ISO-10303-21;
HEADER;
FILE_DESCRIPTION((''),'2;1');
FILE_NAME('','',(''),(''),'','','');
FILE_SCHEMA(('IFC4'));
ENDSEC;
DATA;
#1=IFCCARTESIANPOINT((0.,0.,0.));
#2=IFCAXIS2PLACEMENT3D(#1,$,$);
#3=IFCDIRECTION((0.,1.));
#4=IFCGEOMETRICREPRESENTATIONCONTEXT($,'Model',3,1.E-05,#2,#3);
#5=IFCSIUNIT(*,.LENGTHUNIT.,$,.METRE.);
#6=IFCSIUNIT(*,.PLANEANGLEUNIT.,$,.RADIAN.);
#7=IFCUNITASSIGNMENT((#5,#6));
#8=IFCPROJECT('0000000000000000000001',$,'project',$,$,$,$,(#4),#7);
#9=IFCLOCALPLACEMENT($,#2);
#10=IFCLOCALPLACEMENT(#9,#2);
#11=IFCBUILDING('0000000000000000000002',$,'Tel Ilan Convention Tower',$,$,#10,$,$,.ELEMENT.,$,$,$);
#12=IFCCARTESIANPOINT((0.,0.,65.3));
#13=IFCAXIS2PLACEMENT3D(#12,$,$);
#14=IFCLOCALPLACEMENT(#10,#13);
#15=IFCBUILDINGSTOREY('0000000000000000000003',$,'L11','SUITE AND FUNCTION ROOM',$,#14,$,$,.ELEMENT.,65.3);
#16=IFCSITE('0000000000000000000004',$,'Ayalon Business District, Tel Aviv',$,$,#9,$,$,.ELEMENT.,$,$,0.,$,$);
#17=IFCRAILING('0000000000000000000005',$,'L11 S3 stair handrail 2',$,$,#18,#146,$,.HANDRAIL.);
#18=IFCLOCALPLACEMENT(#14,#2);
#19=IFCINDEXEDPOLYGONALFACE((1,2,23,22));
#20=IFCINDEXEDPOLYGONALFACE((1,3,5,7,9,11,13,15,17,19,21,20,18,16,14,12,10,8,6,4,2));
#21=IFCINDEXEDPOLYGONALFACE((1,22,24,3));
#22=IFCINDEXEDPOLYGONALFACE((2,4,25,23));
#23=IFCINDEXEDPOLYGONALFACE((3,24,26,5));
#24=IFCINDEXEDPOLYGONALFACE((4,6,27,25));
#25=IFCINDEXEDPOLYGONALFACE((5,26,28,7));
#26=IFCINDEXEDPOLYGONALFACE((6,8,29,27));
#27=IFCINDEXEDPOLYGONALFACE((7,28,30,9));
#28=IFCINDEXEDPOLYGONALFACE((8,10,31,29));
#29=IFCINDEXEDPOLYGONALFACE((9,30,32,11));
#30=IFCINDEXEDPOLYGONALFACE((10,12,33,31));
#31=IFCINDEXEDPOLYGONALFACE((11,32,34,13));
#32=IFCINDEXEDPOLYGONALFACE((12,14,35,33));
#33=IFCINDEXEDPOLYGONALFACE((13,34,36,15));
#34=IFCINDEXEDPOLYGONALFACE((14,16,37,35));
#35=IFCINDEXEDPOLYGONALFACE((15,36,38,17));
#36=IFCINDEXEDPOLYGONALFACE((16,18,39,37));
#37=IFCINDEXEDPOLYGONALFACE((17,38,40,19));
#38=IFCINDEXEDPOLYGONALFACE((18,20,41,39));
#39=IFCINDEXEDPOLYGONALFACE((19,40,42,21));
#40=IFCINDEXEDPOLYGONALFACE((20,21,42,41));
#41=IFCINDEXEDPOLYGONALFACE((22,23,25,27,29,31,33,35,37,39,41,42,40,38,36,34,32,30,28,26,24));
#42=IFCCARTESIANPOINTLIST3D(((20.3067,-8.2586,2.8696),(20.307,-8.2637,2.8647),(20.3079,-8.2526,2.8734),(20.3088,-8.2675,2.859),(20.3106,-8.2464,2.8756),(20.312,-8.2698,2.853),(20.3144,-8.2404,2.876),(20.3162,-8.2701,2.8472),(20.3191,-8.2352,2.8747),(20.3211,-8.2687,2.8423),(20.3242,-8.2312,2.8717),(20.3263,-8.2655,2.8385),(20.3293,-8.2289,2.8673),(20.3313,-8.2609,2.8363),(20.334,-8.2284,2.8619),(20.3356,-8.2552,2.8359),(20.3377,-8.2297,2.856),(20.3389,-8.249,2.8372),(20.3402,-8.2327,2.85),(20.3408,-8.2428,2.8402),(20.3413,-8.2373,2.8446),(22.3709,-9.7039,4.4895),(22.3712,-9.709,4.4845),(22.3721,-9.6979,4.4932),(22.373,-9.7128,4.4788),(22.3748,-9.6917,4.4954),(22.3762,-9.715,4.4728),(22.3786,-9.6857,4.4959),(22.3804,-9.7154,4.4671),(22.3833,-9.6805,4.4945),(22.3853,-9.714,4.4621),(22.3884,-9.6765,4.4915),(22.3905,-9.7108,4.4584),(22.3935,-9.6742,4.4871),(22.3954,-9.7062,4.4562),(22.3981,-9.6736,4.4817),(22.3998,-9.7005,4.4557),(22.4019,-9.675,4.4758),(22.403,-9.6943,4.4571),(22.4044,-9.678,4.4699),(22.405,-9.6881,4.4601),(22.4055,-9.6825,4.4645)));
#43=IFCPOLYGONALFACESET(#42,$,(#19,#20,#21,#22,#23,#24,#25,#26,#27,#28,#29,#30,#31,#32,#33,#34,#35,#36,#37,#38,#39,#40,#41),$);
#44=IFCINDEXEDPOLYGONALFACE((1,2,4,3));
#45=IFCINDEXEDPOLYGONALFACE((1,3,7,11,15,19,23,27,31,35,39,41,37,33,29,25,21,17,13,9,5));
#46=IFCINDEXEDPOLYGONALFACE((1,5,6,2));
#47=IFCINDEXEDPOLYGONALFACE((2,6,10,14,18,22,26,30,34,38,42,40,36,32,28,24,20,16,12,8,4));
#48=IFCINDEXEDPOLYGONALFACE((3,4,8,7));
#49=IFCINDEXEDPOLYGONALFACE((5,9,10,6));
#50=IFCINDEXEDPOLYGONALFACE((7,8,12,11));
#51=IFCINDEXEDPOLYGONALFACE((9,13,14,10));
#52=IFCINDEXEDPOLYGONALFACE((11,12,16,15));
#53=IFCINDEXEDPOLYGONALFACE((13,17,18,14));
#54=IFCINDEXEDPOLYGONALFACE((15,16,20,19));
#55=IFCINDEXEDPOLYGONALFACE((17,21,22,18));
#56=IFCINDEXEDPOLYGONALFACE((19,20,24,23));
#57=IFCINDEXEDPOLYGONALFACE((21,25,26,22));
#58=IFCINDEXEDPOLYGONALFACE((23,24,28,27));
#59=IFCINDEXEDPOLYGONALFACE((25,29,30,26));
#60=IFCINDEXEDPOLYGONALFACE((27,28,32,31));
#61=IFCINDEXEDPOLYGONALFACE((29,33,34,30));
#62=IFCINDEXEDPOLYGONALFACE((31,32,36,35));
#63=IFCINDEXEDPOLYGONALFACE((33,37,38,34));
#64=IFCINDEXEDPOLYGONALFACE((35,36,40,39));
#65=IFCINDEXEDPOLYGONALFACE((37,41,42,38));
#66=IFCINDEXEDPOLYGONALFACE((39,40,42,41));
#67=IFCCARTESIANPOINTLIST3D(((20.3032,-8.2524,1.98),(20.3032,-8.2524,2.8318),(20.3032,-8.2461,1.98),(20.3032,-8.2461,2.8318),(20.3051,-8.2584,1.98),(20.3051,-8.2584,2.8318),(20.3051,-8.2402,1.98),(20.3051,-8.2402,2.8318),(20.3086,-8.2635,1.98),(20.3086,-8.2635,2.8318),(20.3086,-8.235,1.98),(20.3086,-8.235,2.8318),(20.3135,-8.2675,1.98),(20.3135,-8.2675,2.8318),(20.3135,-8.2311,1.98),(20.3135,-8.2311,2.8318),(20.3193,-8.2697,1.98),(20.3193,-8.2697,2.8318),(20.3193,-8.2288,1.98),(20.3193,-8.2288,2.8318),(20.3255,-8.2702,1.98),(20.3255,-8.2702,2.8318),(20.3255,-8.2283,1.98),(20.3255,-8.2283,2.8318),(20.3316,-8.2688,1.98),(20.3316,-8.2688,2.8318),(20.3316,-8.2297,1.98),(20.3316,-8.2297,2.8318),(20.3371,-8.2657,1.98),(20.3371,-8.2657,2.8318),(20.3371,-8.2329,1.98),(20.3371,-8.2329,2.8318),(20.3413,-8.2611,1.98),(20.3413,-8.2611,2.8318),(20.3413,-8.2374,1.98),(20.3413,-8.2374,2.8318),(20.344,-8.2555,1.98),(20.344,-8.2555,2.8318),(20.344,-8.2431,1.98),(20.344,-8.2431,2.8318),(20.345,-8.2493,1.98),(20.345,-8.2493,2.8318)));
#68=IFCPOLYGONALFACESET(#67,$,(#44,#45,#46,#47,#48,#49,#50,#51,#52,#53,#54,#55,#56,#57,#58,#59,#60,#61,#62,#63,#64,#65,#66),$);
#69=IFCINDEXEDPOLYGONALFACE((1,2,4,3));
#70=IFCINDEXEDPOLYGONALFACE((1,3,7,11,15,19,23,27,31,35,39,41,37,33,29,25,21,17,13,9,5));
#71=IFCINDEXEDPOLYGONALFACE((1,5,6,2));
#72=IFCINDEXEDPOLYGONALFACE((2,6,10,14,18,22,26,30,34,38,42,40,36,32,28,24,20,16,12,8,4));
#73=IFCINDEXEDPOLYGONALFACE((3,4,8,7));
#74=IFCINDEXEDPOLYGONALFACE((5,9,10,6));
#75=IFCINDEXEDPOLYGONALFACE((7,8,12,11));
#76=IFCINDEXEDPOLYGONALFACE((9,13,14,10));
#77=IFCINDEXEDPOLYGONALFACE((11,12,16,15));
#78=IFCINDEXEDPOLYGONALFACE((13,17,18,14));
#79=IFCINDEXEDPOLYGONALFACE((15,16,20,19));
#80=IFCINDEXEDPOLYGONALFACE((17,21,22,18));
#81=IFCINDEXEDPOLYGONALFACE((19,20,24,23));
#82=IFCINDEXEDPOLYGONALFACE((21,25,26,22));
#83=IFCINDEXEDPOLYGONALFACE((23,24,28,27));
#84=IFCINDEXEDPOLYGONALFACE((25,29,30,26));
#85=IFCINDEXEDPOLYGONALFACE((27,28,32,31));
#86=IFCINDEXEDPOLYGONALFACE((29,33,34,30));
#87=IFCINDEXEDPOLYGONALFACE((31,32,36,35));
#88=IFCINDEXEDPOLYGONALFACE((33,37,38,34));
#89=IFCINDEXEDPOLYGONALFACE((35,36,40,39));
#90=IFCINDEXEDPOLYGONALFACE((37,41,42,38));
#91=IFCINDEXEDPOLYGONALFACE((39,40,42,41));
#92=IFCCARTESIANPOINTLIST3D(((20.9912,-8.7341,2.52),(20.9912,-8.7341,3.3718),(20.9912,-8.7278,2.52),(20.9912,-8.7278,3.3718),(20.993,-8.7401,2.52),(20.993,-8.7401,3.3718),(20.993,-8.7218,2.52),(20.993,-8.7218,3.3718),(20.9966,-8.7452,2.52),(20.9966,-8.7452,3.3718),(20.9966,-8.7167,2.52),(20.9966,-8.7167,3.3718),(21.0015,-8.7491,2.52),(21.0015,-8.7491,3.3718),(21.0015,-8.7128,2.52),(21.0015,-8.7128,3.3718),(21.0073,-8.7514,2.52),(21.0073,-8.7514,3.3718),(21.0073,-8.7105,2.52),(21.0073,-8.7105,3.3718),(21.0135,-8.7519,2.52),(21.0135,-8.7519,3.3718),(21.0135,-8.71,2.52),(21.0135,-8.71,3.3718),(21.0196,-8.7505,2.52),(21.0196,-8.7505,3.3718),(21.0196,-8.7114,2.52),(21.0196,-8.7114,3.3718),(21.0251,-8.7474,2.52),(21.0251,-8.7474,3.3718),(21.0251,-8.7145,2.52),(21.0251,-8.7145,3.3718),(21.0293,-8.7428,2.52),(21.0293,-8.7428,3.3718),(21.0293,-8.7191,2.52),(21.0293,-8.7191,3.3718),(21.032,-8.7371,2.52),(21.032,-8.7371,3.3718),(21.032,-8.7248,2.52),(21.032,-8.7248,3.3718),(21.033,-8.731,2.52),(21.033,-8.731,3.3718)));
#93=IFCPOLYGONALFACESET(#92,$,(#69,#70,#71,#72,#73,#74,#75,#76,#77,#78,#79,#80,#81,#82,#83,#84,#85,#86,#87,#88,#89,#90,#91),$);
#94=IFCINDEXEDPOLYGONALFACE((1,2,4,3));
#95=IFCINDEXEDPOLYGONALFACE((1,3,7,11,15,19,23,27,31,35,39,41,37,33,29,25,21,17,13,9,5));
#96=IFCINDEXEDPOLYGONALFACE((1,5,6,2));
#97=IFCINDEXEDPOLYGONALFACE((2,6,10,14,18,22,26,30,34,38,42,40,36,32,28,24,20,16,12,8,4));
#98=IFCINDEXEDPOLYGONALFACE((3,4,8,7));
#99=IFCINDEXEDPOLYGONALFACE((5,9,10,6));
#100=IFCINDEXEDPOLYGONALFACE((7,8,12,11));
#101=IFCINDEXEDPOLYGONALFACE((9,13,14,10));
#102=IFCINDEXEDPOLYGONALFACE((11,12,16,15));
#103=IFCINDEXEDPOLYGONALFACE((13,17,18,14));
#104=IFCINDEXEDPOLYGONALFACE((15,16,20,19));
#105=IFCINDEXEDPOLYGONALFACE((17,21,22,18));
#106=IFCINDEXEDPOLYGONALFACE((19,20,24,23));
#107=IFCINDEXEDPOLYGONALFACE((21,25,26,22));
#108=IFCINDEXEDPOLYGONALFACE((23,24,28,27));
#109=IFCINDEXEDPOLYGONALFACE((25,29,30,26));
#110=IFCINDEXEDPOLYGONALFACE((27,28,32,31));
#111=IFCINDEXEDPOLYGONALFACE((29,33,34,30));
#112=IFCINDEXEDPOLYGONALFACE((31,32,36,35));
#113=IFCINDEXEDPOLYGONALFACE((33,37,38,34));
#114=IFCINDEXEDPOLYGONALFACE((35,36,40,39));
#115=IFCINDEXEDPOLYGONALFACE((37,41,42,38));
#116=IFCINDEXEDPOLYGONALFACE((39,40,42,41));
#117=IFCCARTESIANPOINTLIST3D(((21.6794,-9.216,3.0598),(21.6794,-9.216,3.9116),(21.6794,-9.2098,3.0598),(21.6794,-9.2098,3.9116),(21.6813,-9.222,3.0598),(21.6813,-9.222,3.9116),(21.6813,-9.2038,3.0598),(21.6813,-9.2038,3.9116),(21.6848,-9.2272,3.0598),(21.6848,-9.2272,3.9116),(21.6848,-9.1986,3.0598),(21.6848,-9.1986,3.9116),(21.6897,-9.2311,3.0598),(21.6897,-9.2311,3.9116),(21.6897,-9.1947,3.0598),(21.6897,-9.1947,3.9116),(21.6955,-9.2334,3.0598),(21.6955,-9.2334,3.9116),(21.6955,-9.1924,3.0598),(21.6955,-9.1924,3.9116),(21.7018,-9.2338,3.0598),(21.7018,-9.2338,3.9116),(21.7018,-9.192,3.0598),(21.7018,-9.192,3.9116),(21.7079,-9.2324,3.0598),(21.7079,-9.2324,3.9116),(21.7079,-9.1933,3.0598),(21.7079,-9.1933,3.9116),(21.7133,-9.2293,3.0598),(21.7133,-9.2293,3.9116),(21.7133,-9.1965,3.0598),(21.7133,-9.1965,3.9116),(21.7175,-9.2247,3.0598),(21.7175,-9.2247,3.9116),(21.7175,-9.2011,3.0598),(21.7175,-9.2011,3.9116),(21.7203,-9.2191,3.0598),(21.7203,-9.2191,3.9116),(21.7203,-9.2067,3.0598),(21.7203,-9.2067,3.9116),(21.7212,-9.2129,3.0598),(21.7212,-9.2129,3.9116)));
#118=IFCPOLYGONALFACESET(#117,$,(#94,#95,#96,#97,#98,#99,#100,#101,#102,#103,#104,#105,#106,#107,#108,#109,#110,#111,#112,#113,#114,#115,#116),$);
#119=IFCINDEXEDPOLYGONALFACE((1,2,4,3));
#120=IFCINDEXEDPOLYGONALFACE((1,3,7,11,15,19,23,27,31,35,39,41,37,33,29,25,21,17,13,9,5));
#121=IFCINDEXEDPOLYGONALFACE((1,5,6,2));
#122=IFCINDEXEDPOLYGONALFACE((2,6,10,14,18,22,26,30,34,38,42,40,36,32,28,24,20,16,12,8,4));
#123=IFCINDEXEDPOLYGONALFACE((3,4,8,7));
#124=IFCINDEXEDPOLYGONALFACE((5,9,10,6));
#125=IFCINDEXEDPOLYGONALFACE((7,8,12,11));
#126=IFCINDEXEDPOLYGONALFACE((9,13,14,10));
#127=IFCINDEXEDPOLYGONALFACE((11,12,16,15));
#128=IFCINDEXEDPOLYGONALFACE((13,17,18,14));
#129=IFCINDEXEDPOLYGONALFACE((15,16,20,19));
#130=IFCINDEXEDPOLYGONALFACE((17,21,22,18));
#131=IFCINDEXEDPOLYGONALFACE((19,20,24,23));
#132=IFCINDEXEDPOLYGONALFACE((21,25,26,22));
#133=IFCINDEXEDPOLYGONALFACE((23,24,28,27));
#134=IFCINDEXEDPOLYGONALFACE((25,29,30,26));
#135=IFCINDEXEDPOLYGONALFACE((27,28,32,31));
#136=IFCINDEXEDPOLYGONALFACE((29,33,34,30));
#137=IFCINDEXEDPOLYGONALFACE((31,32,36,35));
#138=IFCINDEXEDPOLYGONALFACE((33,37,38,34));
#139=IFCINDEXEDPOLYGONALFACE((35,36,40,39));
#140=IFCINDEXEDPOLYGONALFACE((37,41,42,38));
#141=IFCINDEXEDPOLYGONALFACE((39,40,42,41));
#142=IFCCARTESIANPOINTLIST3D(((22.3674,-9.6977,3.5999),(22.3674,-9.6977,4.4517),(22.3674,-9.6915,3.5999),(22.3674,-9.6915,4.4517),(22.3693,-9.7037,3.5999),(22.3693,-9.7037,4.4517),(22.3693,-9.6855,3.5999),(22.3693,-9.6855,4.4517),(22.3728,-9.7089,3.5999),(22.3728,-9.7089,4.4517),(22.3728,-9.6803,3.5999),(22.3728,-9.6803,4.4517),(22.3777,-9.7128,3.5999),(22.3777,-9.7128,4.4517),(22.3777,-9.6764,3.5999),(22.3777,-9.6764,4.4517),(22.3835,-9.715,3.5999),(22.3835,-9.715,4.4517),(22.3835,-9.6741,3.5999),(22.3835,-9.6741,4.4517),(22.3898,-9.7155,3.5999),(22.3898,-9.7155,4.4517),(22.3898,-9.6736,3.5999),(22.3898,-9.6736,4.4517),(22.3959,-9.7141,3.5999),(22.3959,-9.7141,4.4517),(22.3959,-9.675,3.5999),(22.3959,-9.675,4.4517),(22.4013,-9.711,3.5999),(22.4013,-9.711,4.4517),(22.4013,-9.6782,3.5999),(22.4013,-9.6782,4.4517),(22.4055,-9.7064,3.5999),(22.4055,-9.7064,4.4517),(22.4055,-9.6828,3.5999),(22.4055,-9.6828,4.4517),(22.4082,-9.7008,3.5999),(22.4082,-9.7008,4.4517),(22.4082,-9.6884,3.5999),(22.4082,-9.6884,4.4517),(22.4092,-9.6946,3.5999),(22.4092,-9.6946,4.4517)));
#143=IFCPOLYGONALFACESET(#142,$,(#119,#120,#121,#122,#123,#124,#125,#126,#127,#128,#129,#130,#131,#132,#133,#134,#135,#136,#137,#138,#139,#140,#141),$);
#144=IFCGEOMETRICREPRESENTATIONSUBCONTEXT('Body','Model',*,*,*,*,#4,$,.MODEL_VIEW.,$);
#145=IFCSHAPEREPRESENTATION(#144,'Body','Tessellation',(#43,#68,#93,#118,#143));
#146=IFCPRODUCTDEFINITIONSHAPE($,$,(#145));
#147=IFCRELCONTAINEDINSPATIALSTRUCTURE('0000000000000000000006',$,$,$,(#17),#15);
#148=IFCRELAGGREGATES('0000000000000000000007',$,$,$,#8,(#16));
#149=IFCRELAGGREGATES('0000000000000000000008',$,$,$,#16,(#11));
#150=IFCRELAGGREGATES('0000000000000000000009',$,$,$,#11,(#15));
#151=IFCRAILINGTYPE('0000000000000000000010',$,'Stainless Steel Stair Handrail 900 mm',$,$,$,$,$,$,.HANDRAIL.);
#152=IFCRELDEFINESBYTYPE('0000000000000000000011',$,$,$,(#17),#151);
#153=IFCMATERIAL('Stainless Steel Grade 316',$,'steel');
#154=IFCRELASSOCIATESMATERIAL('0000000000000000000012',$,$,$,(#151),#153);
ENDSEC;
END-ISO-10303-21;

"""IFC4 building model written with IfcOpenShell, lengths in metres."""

from ifc_helpers import new_model, si_unit, direction, frame, origin, origin_2d, place, context, subcontext, project, spatial, circle, extrude, material, type_object, element, save


model = new_model("IFC4")

# Units and contexts
model_context = context("Model", 3, precision=1e-05, world=origin(), true_north=direction((0.0, 1.0)))
body_context = subcontext(model_context, "Body", "Model", "MODEL_VIEW")
ifc_project = project(units=[si_unit("LENGTHUNIT", "METRE"), si_unit("PLANEANGLEUNIT", "RADIAN")], contexts=[model_context])

# Site, building, storey
site_placement = place(None, origin())
site = spatial("IfcSite", under=ifc_project, at=site_placement, Name="Ayalon Business District, Tel Aviv", CompositionType="ELEMENT", RefElevation=0.0)
building_placement = place(site_placement, origin())
building = spatial("IfcBuilding", under=site, at=building_placement, Name="Tel Ilan Convention Tower", CompositionType="ELEMENT")
storey_placement = place(building_placement, frame((0.0, 0.0, 65.3)))
storey = spatial("IfcBuildingStorey", under=building, at=storey_placement, Name="L11", Description="SUITE AND FUNCTION ROOM", CompositionType="ELEMENT", Elevation=65.3)

# Railing
ifc_material_1 = material(Name="Stainless Steel Grade 316", Category="steel")
railing_type_1 = type_object("IfcRailingType", Name="Stainless Steel Stair Handrail 900 mm", PredefinedType="HANDRAIL", material=ifc_material_1)
railing_1_placement = place(storey_placement, frame((20.324, -8.2493, 1.98)))
element("IfcRailing", 1, at=railing_1_placement, inside=storey, type_object=railing_type_1, Name="L11 S3 stair handrail 2", PredefinedType="HANDRAIL", context=body_context, shape_type="SweptSolid", body=[
    extrude(circle(Radius=0.0239, at=origin_2d()), frame((0.0, 0.0, 0.876), z_axis=(0.68907, -0.482472, 0.540743), x_axis=(0.57356, 0.819164, 0.0)), (0.0, 0.0, 1.0), 2.9956),
    extrude(circle(Radius=0.021, at=origin_2d()), origin(), (0.0, 0.0, 1.0), 0.8518),
    extrude(circle(Radius=0.021, at=origin_2d()), frame((0.688, -0.4817, 0.54)), (0.0, 0.0, 1.0), 0.8518),
    extrude(circle(Radius=0.021, at=origin_2d()), frame((1.3762, -0.9636, 1.0798)), (0.0, 0.0, 1.0), 0.8518),
    extrude(circle(Radius=0.021, at=origin_2d()), frame((2.0642, -1.4453, 1.6199)), (0.0, 0.0, 1.0), 0.8518),
])

save(model, "model.ifc")
